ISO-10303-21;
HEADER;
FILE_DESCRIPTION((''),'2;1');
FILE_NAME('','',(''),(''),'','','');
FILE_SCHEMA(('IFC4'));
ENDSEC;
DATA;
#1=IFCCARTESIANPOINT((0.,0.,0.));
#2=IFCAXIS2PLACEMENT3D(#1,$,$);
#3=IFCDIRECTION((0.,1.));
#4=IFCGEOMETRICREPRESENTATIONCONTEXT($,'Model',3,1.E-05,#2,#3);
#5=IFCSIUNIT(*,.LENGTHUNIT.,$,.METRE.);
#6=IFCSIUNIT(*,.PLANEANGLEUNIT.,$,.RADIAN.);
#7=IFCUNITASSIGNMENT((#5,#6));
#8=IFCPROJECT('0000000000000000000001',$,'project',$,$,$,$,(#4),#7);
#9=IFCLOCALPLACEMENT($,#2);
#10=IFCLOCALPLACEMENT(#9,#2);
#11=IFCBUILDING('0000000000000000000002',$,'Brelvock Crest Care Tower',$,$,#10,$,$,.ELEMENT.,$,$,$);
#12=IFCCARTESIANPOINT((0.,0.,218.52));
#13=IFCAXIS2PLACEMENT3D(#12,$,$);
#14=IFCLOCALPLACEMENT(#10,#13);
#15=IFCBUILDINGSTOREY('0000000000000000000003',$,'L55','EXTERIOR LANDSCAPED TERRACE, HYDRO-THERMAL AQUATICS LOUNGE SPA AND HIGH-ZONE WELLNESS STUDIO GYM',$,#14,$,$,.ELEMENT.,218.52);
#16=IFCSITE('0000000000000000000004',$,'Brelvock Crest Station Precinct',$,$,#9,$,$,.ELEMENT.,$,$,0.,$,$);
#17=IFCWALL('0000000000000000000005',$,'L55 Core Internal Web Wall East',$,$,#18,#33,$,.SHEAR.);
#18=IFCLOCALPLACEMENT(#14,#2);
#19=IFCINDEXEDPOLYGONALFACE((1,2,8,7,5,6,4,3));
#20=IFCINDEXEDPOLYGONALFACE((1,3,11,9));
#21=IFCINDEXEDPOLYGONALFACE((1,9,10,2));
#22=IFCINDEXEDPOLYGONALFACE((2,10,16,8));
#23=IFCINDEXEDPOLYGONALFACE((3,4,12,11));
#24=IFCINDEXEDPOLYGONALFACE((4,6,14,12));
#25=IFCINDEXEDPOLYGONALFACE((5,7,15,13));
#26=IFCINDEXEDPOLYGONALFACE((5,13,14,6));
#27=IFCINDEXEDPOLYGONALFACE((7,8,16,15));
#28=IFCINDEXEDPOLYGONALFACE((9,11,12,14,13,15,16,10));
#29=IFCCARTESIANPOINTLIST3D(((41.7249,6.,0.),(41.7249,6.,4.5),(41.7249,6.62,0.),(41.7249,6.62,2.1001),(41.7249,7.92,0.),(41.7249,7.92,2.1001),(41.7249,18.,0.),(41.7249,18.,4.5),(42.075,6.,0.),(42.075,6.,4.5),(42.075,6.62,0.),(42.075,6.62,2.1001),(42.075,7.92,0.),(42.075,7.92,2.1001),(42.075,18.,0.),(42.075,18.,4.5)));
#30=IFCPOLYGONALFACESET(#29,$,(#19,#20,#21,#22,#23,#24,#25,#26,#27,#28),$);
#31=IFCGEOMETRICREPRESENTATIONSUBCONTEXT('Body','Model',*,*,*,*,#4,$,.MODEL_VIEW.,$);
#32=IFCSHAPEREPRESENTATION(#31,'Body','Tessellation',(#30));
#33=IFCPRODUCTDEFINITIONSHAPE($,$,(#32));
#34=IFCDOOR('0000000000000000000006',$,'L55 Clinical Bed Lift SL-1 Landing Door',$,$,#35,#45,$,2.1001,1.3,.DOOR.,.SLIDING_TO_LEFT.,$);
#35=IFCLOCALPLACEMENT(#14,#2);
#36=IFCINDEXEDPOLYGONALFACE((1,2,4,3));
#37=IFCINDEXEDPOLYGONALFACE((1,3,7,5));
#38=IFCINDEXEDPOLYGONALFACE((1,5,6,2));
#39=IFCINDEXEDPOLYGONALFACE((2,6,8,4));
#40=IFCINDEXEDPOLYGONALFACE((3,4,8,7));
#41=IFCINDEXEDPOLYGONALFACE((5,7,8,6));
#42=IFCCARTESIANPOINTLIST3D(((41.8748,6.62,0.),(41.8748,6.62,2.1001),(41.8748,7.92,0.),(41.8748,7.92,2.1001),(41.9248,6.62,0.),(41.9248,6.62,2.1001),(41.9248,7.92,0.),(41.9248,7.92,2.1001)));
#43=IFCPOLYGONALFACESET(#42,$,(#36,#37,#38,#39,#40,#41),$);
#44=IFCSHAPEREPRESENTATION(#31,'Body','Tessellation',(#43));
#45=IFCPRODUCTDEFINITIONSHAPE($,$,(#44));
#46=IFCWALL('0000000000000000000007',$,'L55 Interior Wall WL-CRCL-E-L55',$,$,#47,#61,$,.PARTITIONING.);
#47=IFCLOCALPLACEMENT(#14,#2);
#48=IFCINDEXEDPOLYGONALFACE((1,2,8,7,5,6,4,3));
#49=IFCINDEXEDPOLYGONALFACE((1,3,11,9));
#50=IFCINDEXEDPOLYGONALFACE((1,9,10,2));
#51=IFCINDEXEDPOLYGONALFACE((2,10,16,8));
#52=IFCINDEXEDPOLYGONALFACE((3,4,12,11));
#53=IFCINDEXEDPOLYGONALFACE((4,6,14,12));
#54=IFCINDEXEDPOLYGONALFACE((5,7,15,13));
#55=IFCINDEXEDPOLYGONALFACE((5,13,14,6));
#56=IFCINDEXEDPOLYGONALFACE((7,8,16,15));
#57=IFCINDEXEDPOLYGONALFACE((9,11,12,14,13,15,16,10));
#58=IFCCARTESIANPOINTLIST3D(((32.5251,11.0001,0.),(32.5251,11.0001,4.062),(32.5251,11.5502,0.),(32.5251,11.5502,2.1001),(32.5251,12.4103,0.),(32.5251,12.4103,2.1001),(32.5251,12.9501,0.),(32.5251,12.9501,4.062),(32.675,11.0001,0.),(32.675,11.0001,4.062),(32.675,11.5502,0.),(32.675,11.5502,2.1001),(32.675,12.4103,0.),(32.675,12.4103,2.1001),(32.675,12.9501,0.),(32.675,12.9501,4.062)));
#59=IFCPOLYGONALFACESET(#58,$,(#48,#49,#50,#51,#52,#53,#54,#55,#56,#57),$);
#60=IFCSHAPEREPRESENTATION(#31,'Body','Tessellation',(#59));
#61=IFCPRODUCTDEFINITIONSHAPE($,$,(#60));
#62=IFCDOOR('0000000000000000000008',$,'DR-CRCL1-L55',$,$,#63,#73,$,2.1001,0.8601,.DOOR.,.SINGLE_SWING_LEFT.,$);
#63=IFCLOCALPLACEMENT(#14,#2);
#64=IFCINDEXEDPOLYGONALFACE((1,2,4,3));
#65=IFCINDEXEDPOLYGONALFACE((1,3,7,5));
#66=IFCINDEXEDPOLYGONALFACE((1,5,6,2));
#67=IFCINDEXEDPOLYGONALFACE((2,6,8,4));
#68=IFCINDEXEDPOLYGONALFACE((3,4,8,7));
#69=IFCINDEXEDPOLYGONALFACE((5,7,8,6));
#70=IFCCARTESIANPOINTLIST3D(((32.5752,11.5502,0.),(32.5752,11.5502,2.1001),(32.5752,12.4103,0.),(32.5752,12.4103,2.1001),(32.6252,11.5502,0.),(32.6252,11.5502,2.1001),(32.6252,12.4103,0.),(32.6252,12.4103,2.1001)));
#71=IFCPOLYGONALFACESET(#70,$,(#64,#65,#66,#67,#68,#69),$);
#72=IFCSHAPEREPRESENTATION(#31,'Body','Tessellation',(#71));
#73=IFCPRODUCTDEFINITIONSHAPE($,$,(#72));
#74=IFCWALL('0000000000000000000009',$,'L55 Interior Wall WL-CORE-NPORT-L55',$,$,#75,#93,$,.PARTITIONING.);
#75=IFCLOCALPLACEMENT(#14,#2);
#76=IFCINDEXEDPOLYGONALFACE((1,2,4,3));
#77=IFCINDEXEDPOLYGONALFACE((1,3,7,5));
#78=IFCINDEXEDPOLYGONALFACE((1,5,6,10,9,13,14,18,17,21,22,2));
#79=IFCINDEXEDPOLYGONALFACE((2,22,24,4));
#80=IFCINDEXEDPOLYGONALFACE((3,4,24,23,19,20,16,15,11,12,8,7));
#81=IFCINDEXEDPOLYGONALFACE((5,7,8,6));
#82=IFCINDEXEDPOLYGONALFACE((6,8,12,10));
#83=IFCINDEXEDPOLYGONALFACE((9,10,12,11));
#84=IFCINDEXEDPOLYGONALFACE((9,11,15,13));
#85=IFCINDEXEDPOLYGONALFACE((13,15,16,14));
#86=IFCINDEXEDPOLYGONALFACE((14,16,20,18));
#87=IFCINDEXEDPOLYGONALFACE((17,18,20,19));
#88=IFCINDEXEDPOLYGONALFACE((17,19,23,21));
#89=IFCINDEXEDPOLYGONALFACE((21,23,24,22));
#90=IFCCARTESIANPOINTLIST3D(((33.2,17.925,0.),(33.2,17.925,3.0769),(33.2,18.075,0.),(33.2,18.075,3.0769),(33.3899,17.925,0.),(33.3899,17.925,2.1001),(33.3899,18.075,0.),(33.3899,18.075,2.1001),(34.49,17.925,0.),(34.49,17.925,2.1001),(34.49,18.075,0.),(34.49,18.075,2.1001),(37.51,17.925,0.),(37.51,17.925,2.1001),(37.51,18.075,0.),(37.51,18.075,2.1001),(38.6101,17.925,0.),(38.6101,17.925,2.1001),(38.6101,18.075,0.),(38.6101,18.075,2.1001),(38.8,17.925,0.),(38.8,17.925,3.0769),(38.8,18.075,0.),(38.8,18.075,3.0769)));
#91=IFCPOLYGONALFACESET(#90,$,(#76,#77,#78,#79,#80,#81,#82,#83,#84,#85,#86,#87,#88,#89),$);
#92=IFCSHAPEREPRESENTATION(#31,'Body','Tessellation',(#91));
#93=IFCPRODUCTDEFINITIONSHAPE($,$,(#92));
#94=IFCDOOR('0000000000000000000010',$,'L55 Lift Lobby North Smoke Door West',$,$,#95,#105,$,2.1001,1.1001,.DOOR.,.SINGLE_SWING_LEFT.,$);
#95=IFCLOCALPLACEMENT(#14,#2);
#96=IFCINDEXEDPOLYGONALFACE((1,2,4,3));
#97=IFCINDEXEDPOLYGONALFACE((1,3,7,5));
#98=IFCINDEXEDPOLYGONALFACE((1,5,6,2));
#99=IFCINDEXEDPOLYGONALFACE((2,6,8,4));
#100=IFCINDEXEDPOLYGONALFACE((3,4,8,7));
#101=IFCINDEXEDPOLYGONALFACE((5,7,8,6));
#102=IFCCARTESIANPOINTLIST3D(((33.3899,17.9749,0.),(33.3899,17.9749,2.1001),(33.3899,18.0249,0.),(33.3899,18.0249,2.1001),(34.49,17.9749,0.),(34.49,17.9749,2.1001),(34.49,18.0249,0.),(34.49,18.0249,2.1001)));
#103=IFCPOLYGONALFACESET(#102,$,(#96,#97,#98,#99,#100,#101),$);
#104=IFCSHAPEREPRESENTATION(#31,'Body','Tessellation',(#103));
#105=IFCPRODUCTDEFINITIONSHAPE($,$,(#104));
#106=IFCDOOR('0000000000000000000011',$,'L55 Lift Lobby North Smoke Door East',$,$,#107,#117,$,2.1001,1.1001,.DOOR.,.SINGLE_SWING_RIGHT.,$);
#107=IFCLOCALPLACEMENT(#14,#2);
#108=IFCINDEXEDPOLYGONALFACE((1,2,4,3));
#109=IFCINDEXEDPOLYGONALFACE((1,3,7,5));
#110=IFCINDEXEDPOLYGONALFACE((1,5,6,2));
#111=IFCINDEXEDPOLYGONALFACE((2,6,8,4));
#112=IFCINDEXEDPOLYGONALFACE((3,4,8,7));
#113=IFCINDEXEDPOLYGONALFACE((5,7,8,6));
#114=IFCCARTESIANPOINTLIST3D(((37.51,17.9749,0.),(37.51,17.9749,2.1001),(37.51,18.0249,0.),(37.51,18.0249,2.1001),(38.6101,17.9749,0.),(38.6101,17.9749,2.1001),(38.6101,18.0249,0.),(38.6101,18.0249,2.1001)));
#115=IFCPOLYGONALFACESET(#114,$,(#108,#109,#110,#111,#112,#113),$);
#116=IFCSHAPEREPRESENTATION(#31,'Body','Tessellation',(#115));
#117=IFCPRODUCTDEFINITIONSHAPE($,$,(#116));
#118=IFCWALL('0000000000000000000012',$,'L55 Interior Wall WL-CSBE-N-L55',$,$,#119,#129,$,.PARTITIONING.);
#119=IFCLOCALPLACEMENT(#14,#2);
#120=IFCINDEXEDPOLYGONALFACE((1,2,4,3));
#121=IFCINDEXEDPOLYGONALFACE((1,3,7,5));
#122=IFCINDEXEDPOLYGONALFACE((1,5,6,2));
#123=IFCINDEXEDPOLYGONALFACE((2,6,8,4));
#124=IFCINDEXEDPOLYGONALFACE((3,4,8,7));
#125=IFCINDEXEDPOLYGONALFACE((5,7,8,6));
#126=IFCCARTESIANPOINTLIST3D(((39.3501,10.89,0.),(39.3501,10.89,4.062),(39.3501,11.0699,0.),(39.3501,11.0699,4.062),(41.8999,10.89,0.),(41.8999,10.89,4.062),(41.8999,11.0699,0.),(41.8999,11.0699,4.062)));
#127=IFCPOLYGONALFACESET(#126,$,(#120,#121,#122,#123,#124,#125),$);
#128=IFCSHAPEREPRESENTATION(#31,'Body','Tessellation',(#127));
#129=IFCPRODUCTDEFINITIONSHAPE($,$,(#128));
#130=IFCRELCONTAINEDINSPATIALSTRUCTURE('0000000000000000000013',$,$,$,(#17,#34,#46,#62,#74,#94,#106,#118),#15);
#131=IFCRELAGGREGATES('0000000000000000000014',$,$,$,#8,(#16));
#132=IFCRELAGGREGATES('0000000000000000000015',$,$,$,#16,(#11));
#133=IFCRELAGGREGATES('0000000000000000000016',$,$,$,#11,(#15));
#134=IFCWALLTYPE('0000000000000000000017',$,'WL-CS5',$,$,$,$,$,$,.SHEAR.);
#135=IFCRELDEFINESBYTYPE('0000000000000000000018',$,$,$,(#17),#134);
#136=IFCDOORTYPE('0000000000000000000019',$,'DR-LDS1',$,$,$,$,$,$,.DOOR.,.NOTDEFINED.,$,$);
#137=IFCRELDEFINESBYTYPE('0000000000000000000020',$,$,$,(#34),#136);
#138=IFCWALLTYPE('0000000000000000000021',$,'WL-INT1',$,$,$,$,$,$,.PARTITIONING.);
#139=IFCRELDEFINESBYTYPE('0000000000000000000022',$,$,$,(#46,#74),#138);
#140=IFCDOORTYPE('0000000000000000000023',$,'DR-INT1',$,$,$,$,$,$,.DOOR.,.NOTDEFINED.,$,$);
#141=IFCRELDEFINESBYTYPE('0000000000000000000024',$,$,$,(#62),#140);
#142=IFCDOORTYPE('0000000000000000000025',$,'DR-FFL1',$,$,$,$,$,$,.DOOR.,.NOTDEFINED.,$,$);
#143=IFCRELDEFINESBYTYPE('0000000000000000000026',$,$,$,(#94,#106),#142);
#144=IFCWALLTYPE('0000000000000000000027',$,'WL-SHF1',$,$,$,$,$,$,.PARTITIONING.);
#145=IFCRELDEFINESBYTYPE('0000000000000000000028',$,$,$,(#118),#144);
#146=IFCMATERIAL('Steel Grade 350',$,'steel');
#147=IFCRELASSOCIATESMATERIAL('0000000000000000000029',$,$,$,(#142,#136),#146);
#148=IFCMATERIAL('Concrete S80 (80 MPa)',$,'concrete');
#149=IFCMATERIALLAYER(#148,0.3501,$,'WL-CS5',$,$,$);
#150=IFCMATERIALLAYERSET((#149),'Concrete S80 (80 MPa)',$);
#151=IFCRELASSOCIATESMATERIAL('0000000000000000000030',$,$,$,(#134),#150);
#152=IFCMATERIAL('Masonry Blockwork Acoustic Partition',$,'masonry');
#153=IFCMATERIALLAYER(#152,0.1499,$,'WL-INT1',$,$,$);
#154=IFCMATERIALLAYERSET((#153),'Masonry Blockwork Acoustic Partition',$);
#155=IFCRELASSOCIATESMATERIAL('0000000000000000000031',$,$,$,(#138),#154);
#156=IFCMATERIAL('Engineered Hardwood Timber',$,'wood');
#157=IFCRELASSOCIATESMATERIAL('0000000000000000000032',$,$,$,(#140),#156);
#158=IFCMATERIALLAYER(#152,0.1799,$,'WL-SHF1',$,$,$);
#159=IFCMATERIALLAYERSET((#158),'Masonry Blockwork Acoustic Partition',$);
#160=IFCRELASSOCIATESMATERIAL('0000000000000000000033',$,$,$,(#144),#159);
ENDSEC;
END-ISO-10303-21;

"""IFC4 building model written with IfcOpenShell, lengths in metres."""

from ifc_helpers import new_model, si_unit, direction, frame, frame_2d, origin, origin_2d, place, context, subcontext, project, spatial, rectangle, extrude, source, transform, mapped, material, layer, layer_set, type_object, element, fill, save


model = new_model("IFC4")

# Units and contexts
model_context = context("Model", 3, precision=1e-05, world=origin(), true_north=direction((0.0, 1.0)))
body_context = subcontext(model_context, "Body", "Model", "MODEL_VIEW")
ifc_project = project(units=[si_unit("LENGTHUNIT", "METRE"), si_unit("PLANEANGLEUNIT", "RADIAN")], contexts=[model_context])

# Site, building, storey
site_placement = place(None, origin())
site = spatial("IfcSite", under=ifc_project, at=site_placement, Name="Brelvock Crest Station Precinct", CompositionType="ELEMENT", RefElevation=0.0)
building_placement = place(site_placement, origin())
building = spatial("IfcBuilding", under=site, at=building_placement, Name="Brelvock Crest Care Tower", CompositionType="ELEMENT")
storey_placement = place(building_placement, frame((0.0, 0.0, 218.52)))
storey = spatial("IfcBuildingStorey", under=building, at=storey_placement, Name="L55", Description="EXTERIOR LANDSCAPED TERRACE, HYDRO-THERMAL AQUATICS LOUNGE SPA AND HIGH-ZONE WELLNESS STUDIO GYM", CompositionType="ELEMENT", Elevation=218.52)

# Shared definitions
ifc_material_1 = material(Name="Steel Grade 350", Category="steel")

# Walls, openings, doors
door_type_1 = type_object("IfcDoorType", Name="DR-FFL1", OperationType="NOTDEFINED", PredefinedType="DOOR", material=ifc_material_1)
shared_shape_1 = source(origin(), body_context, "Body", "SweptSolid", [
    extrude(rectangle(XDim=1.1001, YDim=2.1001, at=origin_2d()), frame((0.55, 0.0249, 1.05), z_axis=(0.0, -1.0, 0.0), x_axis=(1.0, 0.0, 0.0)), (0.0, 0.0, 1.0), 0.05),
])
ifc_material_2 = material(Name="Concrete S80 (80 MPa)", Category="concrete")
ifc_layer_1 = layer(ifc_material_2, 0.3501, Name="WL-CS5")
ifc_layer_set_1 = layer_set([ifc_layer_1], Name="Concrete S80 (80 MPa)")
wall_type_1 = type_object("IfcWallType", Name="WL-CS5", PredefinedType="SHEAR", material=ifc_layer_set_1)
wall_1_placement = place(storey_placement, frame((41.8999, 18.0, 0.0), z_axis=(0.0, 0.0, 1.0), x_axis=(0.0, -1.0, 0.0)))
wall_1 = element("IfcWall", 1, at=wall_1_placement, inside=storey, type_object=wall_type_1, Name="L55 Core Internal Web Wall East", PredefinedType="SHEAR", context=body_context, shape_type="SweptSolid", body=[
    extrude(rectangle(XDim=12.0, YDim=0.3501, at=frame_2d((6.0, 0.0))), origin(), (0.0, 0.0, 1.0), 4.5),
])
opening_1_placement = place(wall_1_placement, frame((10.0801, 0.0, 0.0)))
opening_1 = element("IfcOpeningElement", 2, at=opening_1_placement, cuts=wall_1, PredefinedType="OPENING", context=body_context, shape_type="SweptSolid", body=[
    extrude(rectangle(XDim=1.3, YDim=2.1001, at=origin_2d()), frame((0.6499, 0.1851, 1.05), z_axis=(0.0, -1.0, 0.0), x_axis=(1.0, 0.0, 0.0)), (0.0, 0.0, 1.0), 0.3701),
])
door_type_2 = type_object("IfcDoorType", Name="DR-LDS1", OperationType="NOTDEFINED", PredefinedType="DOOR", material=ifc_material_1)
shared_shape_2 = source(origin(), body_context, "Body", "SweptSolid", [
    extrude(rectangle(XDim=1.3, YDim=2.1001, at=origin_2d()), frame((0.6499, 0.0249, 1.05), z_axis=(0.0, -1.0, 0.0), x_axis=(1.0, 0.0, 0.0)), (0.0, 0.0, 1.0), 0.05),
])
door_1_placement = place(opening_1_placement, origin())
door_1 = element("IfcDoor", 3, at=door_1_placement, inside=storey, type_object=door_type_2, Name="L55 Clinical Bed Lift SL-1 Landing Door", OperationType="SLIDING_TO_LEFT", OverallHeight=2.1001, OverallWidth=1.3, PredefinedType="DOOR", context=body_context, shape_type="MappedRepresentation", body=[
    mapped(shared_shape_2, transform((0.0, 0.0, 0.0), x_axis=(1.0, 0.0, 0.0), y_axis=(0.0, 1.0, 0.0), z_axis=(0.0, 0.0, 1.0), scale=1.0)),
])
fill(opening_1, door_1)
ifc_material_3 = material(Name="Masonry Blockwork Acoustic Partition", Category="masonry")
ifc_layer_2 = layer(ifc_material_3, 0.1499, Name="WL-INT1")
ifc_layer_set_2 = layer_set([ifc_layer_2], Name="Masonry Blockwork Acoustic Partition")
wall_type_2 = type_object("IfcWallType", Name="WL-INT1", PredefinedType="PARTITIONING", material=ifc_layer_set_2)
wall_2_placement = place(storey_placement, frame((32.6001, 11.0, 0.0), z_axis=(0.0, 0.0, 1.0), x_axis=(0.0, 1.0, 0.0)))
wall_2 = element("IfcWall", 4, at=wall_2_placement, inside=storey, type_object=wall_type_2, Name="L55 Interior Wall WL-CRCL-E-L55", PredefinedType="PARTITIONING", context=body_context, shape_type="SweptSolid", body=[
    extrude(rectangle(XDim=1.95, YDim=0.1499, at=frame_2d((0.9751, 0.0))), origin(), (0.0, 0.0, 1.0), 4.062),
])
opening_2_placement = place(wall_2_placement, frame((0.55, 0.0, 0.0)))
opening_2 = element("IfcOpeningElement", 5, at=opening_2_placement, cuts=wall_2, PredefinedType="OPENING", context=body_context, shape_type="SweptSolid", body=[
    extrude(rectangle(XDim=0.8601, YDim=2.1001, at=origin_2d()), frame((0.4302, 0.085, 1.05), z_axis=(0.0, -1.0, 0.0), x_axis=(1.0, 0.0, 0.0)), (0.0, 0.0, 1.0), 0.1699),
])
ifc_material_4 = material(Name="Engineered Hardwood Timber", Category="wood")
door_type_3 = type_object("IfcDoorType", Name="DR-INT1", OperationType="NOTDEFINED", PredefinedType="DOOR", material=ifc_material_4)
shared_shape_3 = source(origin(), body_context, "Body", "SweptSolid", [
    extrude(rectangle(XDim=0.8601, YDim=2.1001, at=origin_2d()), frame((0.4302, 0.0249, 1.05), z_axis=(0.0, -1.0, 0.0), x_axis=(1.0, 0.0, 0.0)), (0.0, 0.0, 1.0), 0.05),
])
door_2_placement = place(opening_2_placement, origin())
door_2 = element("IfcDoor", 6, at=door_2_placement, inside=storey, type_object=door_type_3, Name="DR-CRCL1-L55", OperationType="SINGLE_SWING_LEFT", OverallHeight=2.1001, OverallWidth=0.8601, PredefinedType="DOOR", context=body_context, shape_type="MappedRepresentation", body=[
    mapped(shared_shape_3, transform((0.0, 0.0, 0.0), x_axis=(1.0, 0.0, 0.0), y_axis=(0.0, 1.0, 0.0), z_axis=(0.0, 0.0, 1.0), scale=1.0)),
])
fill(opening_2, door_2)

# Wall, openings, doors
wall_3_placement = place(storey_placement, frame((33.2, 18.0, 0.0), z_axis=(0.0, 0.0, 1.0), x_axis=(1.0, 0.0, 0.0)))
wall_3 = element("IfcWall", 7, at=wall_3_placement, inside=storey, type_object=wall_type_2, Name="L55 Interior Wall WL-CORE-NPORT-L55", PredefinedType="PARTITIONING", context=body_context, shape_type="SweptSolid", body=[
    extrude(rectangle(XDim=5.6001, YDim=0.1499, at=frame_2d((2.8, 0.0))), origin(), (0.0, 0.0, 1.0), 3.0769),
])
opening_3_placement = place(wall_3_placement, frame((0.1899, 0.0, 0.0)))
opening_3 = element("IfcOpeningElement", 8, at=opening_3_placement, cuts=wall_3, PredefinedType="OPENING", context=body_context, shape_type="SweptSolid", body=[
    extrude(rectangle(XDim=1.1001, YDim=2.1001, at=origin_2d()), frame((0.55, 0.085, 1.05), z_axis=(0.0, -1.0, 0.0), x_axis=(1.0, 0.0, 0.0)), (0.0, 0.0, 1.0), 0.1699),
])
opening_4_placement = place(wall_3_placement, frame((4.3101, 0.0, 0.0)))
opening_4 = element("IfcOpeningElement", 9, at=opening_4_placement, cuts=wall_3, PredefinedType="OPENING", context=body_context, shape_type="SweptSolid", body=[
    extrude(rectangle(XDim=1.1001, YDim=2.1001, at=origin_2d()), frame((0.55, 0.085, 1.05), z_axis=(0.0, -1.0, 0.0), x_axis=(1.0, 0.0, 0.0)), (0.0, 0.0, 1.0), 0.1699),
])
door_3_placement = place(opening_3_placement, origin())
door_3 = element("IfcDoor", 10, at=door_3_placement, inside=storey, type_object=door_type_1, Name="L55 Lift Lobby North Smoke Door West", OperationType="SINGLE_SWING_LEFT", OverallHeight=2.1001, OverallWidth=1.1001, PredefinedType="DOOR", context=body_context, shape_type="MappedRepresentation", body=[
    mapped(shared_shape_1, transform((0.0, 0.0, 0.0), x_axis=(1.0, 0.0, 0.0), y_axis=(0.0, 1.0, 0.0), z_axis=(0.0, 0.0, 1.0), scale=1.0)),
])
fill(opening_3, door_3)
door_4_placement = place(opening_4_placement, origin())
door_4 = element("IfcDoor", 11, at=door_4_placement, inside=storey, type_object=door_type_1, Name="L55 Lift Lobby North Smoke Door East", OperationType="SINGLE_SWING_RIGHT", OverallHeight=2.1001, OverallWidth=1.1001, PredefinedType="DOOR", context=body_context, shape_type="MappedRepresentation", body=[
    mapped(shared_shape_1, transform((0.0, 0.0, 0.0), x_axis=(1.0, 0.0, 0.0), y_axis=(0.0, 1.0, 0.0), z_axis=(0.0, 0.0, 1.0), scale=1.0)),
])
fill(opening_4, door_4)

# Wall
ifc_layer_3 = layer(ifc_material_3, 0.1799, Name="WL-SHF1")
ifc_layer_set_3 = layer_set([ifc_layer_3], Name="Masonry Blockwork Acoustic Partition")
wall_type_3 = type_object("IfcWallType", Name="WL-SHF1", PredefinedType="PARTITIONING", material=ifc_layer_set_3)
wall_4_placement = place(storey_placement, frame((39.3501, 10.98, 0.0), z_axis=(0.0, 0.0, 1.0), x_axis=(1.0, 0.0, 0.0)))
element("IfcWall", 12, at=wall_4_placement, inside=storey, type_object=wall_type_3, Name="L55 Interior Wall WL-CSBE-N-L55", PredefinedType="PARTITIONING", context=body_context, shape_type="SweptSolid", body=[
    extrude(rectangle(XDim=2.5498, YDim=0.1799, at=frame_2d((1.2749, 0.0))), origin(), (0.0, 0.0, 1.0), 4.062),
])

save(model, "model.ifc")
